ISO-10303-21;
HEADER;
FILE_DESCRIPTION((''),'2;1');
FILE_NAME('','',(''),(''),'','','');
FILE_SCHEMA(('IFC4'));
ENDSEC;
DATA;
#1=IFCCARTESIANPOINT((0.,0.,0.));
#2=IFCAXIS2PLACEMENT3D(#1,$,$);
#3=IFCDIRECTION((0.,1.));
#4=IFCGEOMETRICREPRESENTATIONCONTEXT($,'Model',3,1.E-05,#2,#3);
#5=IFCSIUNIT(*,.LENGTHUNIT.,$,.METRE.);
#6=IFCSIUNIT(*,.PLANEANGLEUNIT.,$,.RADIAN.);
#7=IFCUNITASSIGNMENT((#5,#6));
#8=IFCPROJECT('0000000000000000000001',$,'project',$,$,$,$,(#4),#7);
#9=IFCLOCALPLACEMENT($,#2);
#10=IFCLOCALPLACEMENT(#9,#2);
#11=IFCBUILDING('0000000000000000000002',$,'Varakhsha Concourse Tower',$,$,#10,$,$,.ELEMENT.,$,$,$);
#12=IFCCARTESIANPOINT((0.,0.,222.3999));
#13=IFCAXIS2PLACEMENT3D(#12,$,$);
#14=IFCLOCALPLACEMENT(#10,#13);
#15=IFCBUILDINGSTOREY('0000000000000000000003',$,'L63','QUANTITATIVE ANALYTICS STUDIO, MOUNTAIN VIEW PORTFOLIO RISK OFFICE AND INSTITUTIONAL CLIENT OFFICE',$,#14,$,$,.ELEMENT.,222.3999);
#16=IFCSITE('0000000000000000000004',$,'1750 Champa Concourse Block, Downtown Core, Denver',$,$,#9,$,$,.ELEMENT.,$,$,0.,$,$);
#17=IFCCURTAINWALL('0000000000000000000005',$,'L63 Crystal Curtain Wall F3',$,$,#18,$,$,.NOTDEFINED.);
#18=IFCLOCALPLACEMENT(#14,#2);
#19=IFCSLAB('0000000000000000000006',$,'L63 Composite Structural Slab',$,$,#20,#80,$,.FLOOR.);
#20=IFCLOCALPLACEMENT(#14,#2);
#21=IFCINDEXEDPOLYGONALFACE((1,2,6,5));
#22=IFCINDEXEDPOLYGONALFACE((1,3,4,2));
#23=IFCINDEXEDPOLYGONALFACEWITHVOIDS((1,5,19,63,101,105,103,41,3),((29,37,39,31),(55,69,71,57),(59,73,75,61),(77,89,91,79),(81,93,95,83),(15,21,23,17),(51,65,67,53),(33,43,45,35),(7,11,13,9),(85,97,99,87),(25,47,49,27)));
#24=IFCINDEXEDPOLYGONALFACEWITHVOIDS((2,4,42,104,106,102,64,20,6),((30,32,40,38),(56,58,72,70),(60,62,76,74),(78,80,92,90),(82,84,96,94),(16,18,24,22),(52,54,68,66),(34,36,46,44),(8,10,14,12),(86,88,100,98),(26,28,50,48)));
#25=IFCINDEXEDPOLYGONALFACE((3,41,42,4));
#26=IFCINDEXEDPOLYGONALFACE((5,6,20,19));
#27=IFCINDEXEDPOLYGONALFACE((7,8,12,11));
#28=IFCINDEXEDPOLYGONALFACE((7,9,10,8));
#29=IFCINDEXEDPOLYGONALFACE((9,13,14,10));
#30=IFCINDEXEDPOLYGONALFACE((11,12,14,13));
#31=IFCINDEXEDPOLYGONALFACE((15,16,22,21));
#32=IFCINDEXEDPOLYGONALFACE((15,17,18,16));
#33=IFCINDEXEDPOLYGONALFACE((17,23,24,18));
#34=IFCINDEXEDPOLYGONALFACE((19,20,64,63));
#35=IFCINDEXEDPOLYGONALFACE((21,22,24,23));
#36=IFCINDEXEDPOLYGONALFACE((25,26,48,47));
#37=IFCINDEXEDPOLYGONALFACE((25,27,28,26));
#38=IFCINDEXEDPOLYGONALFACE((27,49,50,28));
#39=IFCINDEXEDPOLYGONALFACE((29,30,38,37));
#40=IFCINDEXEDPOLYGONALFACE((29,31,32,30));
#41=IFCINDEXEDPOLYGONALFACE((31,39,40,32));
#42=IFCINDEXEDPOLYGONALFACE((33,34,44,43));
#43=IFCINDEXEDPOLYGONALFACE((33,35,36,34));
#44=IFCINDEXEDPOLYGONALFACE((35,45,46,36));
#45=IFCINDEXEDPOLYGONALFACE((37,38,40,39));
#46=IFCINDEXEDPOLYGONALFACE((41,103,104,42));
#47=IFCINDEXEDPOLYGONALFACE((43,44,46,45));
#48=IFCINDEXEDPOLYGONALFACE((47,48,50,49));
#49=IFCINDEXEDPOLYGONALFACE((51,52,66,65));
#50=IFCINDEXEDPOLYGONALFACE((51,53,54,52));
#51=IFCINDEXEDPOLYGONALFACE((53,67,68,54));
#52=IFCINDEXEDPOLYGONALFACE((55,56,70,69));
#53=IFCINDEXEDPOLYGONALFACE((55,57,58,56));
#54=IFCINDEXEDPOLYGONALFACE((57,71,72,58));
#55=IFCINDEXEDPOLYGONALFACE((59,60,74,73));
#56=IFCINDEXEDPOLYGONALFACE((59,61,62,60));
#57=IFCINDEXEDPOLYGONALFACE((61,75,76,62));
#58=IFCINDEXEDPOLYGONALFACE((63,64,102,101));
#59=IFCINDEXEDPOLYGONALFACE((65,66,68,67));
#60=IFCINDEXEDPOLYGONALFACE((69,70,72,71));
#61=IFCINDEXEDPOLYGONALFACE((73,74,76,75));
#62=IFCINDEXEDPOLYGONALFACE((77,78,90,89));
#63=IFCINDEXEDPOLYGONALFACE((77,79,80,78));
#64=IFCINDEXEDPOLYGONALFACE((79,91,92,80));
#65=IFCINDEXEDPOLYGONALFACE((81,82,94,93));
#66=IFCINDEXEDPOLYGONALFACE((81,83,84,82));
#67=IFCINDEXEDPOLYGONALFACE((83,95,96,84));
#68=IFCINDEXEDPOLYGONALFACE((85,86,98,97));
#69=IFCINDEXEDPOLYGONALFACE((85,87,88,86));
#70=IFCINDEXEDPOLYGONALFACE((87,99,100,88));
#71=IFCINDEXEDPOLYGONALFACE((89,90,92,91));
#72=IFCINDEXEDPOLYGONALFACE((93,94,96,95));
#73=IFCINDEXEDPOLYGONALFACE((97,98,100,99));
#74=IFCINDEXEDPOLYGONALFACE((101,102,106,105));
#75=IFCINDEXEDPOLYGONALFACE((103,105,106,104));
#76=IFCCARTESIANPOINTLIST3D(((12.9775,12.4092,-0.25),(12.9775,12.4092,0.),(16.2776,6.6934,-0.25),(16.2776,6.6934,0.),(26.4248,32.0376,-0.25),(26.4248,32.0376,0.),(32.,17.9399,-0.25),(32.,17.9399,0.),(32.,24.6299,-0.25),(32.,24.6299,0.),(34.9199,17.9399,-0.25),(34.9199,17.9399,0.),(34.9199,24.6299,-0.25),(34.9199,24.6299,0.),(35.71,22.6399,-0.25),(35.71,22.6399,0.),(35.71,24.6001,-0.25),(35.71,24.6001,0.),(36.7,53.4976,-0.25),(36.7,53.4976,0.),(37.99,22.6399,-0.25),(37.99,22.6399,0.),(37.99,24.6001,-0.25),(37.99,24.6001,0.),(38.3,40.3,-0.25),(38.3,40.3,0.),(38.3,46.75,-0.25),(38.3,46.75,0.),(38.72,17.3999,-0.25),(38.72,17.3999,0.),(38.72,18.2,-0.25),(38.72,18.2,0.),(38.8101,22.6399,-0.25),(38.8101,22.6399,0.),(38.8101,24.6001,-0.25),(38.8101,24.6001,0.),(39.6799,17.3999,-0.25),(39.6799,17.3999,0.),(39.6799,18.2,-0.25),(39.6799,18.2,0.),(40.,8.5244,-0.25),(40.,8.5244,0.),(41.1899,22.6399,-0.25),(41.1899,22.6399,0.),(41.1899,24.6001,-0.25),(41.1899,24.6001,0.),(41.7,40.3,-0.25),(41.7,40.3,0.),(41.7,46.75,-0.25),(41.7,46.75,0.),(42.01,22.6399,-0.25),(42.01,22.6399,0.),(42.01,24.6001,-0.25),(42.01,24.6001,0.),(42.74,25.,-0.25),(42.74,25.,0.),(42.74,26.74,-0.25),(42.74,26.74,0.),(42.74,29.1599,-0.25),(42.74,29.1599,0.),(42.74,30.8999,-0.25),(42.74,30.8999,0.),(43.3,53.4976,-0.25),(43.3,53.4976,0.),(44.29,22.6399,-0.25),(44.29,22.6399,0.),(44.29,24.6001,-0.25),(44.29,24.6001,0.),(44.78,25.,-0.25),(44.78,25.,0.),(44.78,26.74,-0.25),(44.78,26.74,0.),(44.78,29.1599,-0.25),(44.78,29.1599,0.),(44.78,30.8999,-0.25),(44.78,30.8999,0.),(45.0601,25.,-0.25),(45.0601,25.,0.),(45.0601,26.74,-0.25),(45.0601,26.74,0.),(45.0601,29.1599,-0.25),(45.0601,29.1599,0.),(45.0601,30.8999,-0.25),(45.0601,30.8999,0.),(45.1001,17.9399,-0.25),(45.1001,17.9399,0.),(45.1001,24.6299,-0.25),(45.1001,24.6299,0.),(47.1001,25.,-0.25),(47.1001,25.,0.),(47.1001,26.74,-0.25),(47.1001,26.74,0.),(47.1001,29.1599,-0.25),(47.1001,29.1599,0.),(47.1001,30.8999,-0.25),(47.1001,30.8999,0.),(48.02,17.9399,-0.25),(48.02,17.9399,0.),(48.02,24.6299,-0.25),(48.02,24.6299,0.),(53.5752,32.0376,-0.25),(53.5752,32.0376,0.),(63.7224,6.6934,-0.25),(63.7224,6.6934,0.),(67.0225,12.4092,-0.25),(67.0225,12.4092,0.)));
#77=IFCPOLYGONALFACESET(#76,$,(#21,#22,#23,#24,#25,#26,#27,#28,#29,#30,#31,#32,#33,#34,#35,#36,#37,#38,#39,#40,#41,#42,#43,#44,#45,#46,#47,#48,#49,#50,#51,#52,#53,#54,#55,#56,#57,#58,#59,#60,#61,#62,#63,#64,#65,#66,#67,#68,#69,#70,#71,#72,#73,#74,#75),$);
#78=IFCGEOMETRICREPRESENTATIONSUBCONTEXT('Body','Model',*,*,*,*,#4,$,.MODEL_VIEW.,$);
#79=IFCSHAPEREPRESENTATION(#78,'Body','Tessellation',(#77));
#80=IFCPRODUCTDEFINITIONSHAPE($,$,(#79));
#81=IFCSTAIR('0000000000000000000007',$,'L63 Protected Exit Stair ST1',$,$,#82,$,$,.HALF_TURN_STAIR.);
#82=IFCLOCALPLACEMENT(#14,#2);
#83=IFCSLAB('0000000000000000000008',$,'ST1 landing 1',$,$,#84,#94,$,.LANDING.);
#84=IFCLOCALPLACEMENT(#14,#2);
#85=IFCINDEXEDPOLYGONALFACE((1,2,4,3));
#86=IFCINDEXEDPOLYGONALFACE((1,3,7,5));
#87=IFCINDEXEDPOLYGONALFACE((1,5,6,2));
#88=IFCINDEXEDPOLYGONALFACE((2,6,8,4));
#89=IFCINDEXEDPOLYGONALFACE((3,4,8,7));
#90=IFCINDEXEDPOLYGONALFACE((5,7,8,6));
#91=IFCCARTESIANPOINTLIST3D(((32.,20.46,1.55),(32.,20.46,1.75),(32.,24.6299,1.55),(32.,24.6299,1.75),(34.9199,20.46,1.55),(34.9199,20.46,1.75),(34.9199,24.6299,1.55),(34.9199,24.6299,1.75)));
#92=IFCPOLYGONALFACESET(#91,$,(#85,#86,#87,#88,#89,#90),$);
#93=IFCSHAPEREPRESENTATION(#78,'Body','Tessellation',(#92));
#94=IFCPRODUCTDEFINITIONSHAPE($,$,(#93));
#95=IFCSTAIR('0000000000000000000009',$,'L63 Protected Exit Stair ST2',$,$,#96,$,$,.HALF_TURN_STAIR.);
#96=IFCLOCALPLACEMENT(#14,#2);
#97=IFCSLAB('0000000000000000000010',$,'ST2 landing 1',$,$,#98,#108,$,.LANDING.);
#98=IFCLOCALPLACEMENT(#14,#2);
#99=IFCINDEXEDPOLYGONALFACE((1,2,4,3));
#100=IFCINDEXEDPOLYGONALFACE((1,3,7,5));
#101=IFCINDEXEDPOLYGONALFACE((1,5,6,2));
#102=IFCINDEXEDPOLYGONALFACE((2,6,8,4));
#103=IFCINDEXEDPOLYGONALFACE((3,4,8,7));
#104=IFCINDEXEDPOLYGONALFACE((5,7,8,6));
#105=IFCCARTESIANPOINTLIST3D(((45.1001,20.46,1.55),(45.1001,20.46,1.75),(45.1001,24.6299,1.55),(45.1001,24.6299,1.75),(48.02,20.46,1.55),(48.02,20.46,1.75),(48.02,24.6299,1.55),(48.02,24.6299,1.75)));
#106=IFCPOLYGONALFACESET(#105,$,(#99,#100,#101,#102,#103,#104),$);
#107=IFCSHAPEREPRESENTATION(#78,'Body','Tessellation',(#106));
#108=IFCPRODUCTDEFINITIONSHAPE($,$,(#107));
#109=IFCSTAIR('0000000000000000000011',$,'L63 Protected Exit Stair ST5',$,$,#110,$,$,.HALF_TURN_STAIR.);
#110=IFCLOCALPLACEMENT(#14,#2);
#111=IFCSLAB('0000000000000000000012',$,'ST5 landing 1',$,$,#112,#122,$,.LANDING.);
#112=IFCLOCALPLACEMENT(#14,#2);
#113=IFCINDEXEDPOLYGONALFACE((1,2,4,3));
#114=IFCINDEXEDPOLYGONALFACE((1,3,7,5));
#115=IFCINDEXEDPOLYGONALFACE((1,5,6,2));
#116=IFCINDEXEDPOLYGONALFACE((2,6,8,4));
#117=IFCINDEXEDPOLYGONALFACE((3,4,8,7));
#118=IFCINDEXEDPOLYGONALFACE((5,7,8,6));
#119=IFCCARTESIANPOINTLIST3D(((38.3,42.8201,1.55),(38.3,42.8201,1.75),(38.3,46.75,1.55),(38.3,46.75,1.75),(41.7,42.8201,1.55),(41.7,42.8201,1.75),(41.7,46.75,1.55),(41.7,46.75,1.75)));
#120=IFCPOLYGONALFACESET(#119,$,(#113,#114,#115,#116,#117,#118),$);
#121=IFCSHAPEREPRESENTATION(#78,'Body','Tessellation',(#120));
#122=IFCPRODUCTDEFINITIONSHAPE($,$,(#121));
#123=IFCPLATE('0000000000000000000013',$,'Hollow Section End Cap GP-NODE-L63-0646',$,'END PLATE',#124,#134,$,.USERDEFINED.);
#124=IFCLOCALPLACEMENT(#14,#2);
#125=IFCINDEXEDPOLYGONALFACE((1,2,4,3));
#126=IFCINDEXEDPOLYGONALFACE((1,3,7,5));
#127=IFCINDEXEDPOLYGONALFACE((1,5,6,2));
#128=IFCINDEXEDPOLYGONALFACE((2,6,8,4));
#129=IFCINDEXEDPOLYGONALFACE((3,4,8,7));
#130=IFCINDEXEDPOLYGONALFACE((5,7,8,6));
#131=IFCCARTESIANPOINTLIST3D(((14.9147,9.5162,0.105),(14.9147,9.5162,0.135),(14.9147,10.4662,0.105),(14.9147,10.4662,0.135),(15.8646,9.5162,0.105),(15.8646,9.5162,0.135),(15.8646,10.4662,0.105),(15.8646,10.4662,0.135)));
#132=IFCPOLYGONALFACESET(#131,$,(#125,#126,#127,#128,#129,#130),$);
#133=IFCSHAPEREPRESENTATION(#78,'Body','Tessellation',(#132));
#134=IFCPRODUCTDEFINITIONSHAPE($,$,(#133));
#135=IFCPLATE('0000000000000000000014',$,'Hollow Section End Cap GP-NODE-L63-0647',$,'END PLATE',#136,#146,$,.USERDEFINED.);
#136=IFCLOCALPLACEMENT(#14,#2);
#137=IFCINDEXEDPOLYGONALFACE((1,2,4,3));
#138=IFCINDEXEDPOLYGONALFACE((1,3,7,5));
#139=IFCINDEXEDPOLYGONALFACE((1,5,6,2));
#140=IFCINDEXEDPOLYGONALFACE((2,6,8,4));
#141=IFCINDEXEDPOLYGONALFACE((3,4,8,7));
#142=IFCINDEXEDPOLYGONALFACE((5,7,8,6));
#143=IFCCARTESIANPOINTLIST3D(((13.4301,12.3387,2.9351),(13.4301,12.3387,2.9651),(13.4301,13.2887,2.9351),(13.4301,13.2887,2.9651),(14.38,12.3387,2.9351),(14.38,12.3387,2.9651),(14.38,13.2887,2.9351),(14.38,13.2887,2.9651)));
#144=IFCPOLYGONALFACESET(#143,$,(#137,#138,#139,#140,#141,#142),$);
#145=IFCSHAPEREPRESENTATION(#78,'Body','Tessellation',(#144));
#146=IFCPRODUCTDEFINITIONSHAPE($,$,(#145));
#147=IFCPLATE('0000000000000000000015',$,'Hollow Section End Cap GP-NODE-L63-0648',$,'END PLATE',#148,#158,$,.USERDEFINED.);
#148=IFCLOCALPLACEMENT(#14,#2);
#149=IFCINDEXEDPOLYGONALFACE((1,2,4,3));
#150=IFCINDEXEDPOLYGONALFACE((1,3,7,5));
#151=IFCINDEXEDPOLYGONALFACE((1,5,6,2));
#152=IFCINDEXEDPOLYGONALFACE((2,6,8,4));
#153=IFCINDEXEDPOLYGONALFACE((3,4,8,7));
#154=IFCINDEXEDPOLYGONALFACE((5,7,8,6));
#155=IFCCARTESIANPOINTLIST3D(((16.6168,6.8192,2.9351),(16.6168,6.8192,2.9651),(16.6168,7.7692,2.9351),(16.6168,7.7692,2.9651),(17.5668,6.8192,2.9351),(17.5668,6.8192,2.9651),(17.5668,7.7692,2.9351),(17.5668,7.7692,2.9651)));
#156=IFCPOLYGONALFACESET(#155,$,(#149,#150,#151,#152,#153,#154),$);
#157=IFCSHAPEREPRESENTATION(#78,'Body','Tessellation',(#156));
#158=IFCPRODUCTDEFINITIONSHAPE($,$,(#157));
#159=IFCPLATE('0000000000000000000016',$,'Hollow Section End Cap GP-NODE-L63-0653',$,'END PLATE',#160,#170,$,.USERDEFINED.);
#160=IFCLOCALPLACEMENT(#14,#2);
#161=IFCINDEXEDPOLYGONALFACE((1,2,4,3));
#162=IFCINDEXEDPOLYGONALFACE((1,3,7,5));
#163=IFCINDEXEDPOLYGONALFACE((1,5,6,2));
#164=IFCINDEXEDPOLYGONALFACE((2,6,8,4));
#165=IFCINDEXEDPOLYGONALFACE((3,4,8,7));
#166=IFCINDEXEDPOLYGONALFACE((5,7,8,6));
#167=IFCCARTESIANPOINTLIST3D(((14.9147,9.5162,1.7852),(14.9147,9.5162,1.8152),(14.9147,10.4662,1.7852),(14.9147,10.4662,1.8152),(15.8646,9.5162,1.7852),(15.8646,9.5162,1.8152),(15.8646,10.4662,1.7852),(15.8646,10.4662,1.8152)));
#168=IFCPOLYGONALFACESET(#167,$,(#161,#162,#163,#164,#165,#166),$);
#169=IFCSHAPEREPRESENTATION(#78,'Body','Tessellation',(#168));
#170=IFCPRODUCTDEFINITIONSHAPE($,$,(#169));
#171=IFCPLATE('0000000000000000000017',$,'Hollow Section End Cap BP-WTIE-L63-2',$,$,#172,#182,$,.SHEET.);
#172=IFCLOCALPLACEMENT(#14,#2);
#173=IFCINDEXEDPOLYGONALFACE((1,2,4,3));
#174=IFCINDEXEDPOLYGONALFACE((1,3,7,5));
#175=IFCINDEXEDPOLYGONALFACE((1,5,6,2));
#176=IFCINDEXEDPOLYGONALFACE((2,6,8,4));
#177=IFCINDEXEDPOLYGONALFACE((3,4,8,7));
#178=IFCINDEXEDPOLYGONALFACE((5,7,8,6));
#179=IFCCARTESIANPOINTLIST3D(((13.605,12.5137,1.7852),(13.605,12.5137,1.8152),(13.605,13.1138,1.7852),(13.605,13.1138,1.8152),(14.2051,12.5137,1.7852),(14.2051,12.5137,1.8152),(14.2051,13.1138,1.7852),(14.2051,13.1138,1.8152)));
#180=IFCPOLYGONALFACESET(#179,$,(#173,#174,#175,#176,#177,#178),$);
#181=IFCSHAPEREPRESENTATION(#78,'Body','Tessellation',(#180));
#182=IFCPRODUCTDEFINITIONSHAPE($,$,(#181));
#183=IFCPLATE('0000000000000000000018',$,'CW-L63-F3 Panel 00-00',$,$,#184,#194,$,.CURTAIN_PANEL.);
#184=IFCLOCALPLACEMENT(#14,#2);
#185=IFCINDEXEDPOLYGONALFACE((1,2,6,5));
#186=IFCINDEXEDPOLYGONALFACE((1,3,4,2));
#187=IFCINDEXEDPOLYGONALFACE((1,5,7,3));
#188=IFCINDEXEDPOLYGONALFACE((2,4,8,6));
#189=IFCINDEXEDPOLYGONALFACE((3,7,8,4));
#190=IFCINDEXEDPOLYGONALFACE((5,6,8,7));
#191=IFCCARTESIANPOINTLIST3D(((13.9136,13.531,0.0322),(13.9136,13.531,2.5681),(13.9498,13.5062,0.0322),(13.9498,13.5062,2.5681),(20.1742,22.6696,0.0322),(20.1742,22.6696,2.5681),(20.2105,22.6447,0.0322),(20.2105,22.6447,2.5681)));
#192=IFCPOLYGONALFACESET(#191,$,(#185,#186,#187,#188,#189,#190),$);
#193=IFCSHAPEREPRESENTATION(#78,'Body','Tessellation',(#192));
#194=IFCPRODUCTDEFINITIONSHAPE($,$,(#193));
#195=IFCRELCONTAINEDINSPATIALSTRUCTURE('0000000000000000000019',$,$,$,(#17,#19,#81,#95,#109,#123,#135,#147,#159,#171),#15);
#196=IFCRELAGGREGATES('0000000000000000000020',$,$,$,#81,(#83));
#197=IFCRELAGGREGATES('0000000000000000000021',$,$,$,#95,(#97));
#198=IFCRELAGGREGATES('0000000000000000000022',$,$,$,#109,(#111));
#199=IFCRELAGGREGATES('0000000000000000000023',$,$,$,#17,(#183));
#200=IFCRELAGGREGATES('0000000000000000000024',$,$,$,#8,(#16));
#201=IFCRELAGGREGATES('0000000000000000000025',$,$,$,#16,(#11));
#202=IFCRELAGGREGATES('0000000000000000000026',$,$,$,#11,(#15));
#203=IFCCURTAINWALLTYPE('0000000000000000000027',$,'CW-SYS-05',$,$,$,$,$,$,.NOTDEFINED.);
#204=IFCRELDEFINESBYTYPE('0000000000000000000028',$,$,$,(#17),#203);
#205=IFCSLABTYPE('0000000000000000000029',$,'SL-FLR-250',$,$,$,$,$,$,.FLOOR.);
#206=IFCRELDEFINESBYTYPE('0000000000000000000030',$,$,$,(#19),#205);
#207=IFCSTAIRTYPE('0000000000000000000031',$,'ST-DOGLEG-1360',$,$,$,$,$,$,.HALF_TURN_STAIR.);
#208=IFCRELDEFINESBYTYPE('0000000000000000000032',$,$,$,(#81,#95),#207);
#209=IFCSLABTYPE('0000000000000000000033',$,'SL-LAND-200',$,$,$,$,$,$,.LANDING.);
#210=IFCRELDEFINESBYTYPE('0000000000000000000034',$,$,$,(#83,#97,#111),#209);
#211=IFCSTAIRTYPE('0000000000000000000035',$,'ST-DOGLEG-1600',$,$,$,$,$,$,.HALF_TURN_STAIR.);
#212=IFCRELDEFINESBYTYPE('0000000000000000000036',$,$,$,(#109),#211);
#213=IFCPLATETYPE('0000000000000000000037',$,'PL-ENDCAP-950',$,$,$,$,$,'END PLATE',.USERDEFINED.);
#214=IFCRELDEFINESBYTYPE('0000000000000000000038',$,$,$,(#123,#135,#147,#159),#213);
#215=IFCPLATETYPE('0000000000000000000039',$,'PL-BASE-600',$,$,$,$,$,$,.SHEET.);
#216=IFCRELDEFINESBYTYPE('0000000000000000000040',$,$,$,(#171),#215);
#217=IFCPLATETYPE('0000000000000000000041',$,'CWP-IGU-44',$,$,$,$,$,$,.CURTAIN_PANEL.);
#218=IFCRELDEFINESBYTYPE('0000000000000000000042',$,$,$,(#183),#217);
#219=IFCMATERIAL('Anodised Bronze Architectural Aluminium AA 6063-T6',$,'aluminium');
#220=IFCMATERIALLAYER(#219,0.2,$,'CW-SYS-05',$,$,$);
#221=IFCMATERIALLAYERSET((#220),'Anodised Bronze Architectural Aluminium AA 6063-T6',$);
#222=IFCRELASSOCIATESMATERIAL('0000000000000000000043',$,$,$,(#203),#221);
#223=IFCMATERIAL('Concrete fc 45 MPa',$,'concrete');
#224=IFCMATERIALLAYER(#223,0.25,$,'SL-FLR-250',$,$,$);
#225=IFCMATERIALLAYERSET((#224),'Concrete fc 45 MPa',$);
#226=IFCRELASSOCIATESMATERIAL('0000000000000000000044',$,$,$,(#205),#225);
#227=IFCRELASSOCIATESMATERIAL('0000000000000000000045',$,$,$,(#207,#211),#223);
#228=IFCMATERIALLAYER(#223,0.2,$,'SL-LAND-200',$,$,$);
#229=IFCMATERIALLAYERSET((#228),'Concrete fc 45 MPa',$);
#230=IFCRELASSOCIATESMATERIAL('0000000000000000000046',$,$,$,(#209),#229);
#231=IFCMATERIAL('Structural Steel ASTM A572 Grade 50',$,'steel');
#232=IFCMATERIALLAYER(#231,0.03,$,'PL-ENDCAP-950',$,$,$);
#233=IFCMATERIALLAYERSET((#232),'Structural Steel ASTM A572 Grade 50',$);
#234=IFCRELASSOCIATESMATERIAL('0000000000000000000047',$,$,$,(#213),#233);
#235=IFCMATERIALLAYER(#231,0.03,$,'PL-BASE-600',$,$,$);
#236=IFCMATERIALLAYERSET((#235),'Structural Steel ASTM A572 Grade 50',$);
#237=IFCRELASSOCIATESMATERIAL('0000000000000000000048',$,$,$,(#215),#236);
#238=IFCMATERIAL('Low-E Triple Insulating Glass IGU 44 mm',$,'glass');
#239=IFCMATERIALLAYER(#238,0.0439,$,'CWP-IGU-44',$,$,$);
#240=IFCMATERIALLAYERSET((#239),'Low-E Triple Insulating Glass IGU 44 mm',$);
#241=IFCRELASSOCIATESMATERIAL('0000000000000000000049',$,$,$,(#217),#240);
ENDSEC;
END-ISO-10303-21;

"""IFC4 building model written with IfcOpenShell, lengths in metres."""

from ifc_helpers import new_model, si_unit, direction, frame, origin, origin_2d, place, context, subcontext, project, spatial, polyline, rectangle, outline, extrude, source, transform, mapped, material, layer, layer_set, type_object, type_shapes, element, aggregate, save


model = new_model("IFC4")

# Units and contexts
model_context = context("Model", 3, precision=1e-05, world=origin(), true_north=direction((0.0, 1.0)))
body_context = subcontext(model_context, "Body", "Model", "MODEL_VIEW")
ifc_project = project(units=[si_unit("LENGTHUNIT", "METRE"), si_unit("PLANEANGLEUNIT", "RADIAN")], contexts=[model_context])

# Site, building, storey
site_placement = place(None, origin())
site = spatial("IfcSite", under=ifc_project, at=site_placement, Name="1750 Champa Concourse Block, Downtown Core, Denver", CompositionType="ELEMENT", RefElevation=0.0)
building_placement = place(site_placement, origin())
building = spatial("IfcBuilding", under=site, at=building_placement, Name="Varakhsha Concourse Tower", CompositionType="ELEMENT")
storey_placement = place(building_placement, frame((0.0, 0.0, 222.3999)))
storey = spatial("IfcBuildingStorey", under=building, at=storey_placement, Name="L63", Description="QUANTITATIVE ANALYTICS STUDIO, MOUNTAIN VIEW PORTFOLIO RISK OFFICE AND INSTITUTIONAL CLIENT OFFICE", CompositionType="ELEMENT", Elevation=222.3999)

# Shared definitions
ifc_material_1 = material(Name="Structural Steel ASTM A572 Grade 50", Category="steel")

# Curtain wall
ifc_material_2 = material(Name="Anodised Bronze Architectural Aluminium AA 6063-T6", Category="aluminium")
ifc_layer_1 = layer(ifc_material_2, 0.2, Name="CW-SYS-05")
ifc_layer_set_1 = layer_set([ifc_layer_1], Name="Anodised Bronze Architectural Aluminium AA 6063-T6")
curtain_wall_type = type_object("IfcCurtainWallType", Name="CW-SYS-05", PredefinedType="NOTDEFINED", material=ifc_layer_set_1)
curtain_wall_1_placement = place(storey_placement, origin())
curtain_wall_1 = element("IfcCurtainWall", 1, at=curtain_wall_1_placement, inside=storey, type_object=curtain_wall_type, Name="L63 Crystal Curtain Wall F3", PredefinedType="NOTDEFINED")

# Slab
ifc_material_3 = material(Name="Concrete fc 45 MPa", Category="concrete")
ifc_layer_2 = layer(ifc_material_3, 0.25, Name="SL-FLR-250")
ifc_layer_set_2 = layer_set([ifc_layer_2], Name="Concrete fc 45 MPa")
slab_type_1 = type_object("IfcSlabType", Name="SL-FLR-250", PredefinedType="FLOOR", material=ifc_layer_set_2)
slab_1_placement = place(storey_placement, frame((0.0, 0.0, -0.25)))
element("IfcSlab", 2, at=slab_1_placement, inside=storey, type_object=slab_type_1, Name="L63 Composite Structural Slab", PredefinedType="FLOOR", context=body_context, shape_type="SweptSolid", body=[
    extrude(outline(polyline([(43.3, 53.4976), (36.7, 53.4976), (26.4248, 32.0376), (12.9775, 12.4092), (16.2776, 6.6934), (40.0, 8.5244), (63.7224, 6.6934), (67.0225, 12.4092), (53.5752, 32.0376), (43.3, 53.4976)]), holes=[polyline([(34.9199, 17.9399), (34.9199, 24.6299), (32.0, 24.6299), (32.0, 17.9399), (34.9199, 17.9399)]), polyline([(48.02, 17.9399), (48.02, 24.6299), (45.1001, 24.6299), (45.1001, 17.9399), (48.02, 17.9399)]), polyline([(41.7, 40.3), (41.7, 46.75), (38.3, 46.75), (38.3, 40.3), (41.7, 40.3)]), polyline([(42.74, 29.1599), (44.78, 29.1599), (44.78, 30.8999), (42.74, 30.8999), (42.74, 29.1599)]), polyline([(45.0601, 29.1599), (47.1001, 29.1599), (47.1001, 30.8999), (45.0601, 30.8999), (45.0601, 29.1599)]), polyline([(42.74, 25.0), (44.78, 25.0), (44.78, 26.74), (42.74, 26.74), (42.74, 25.0)]), polyline([(45.0601, 25.0), (47.1001, 25.0), (47.1001, 26.74), (45.0601, 26.74), (45.0601, 25.0)]), polyline([(35.71, 22.6399), (37.99, 22.6399), (37.99, 24.6001), (35.71, 24.6001), (35.71, 22.6399)]), polyline([(42.01, 22.6399), (44.29, 22.6399), (44.29, 24.6001), (42.01, 24.6001), (42.01, 22.6399)]), polyline([(38.8101, 22.6399), (41.1899, 22.6399), (41.1899, 24.6001), (38.8101, 24.6001), (38.8101, 22.6399)]), polyline([(38.72, 17.3999), (39.6799, 17.3999), (39.6799, 18.2), (38.72, 18.2), (38.72, 17.3999)])]), origin(), (0.0, 0.0, 1.0), 0.25),
])

# Stairs, slabs
stair_type_1 = type_object("IfcStairType", Name="ST-DOGLEG-1360", PredefinedType="HALF_TURN_STAIR", material=ifc_material_3)
stair_1_placement = place(storey_placement, origin())
stair_1 = element("IfcStair", 3, at=stair_1_placement, inside=storey, type_object=stair_type_1, Name="L63 Protected Exit Stair ST1", PredefinedType="HALF_TURN_STAIR")
ifc_layer_3 = layer(ifc_material_3, 0.2, Name="SL-LAND-200")
ifc_layer_set_3 = layer_set([ifc_layer_3], Name="Concrete fc 45 MPa")
slab_type_2 = type_object("IfcSlabType", Name="SL-LAND-200", PredefinedType="LANDING", material=ifc_layer_set_3)
slab_2_placement = place(storey_placement, frame((0.0, 0.0, 1.55)))
slab_2 = element("IfcSlab", 4, at=slab_2_placement, type_object=slab_type_2, Name="ST1 landing 1", PredefinedType="LANDING", context=body_context, shape_type="SweptSolid", body=[
    extrude(outline(polyline([(34.9199, 20.46), (34.9199, 24.6299), (32.0, 24.6299), (32.0, 20.46), (34.9199, 20.46)])), origin(), (0.0, 0.0, 1.0), 0.2),
])
aggregate(stair_1, [slab_2])
stair_2_placement = place(storey_placement, origin())
stair_2 = element("IfcStair", 5, at=stair_2_placement, inside=storey, type_object=stair_type_1, Name="L63 Protected Exit Stair ST2", PredefinedType="HALF_TURN_STAIR")
slab_3_placement = place(storey_placement, frame((0.0, 0.0, 1.55)))
slab_3 = element("IfcSlab", 6, at=slab_3_placement, type_object=slab_type_2, Name="ST2 landing 1", PredefinedType="LANDING", context=body_context, shape_type="SweptSolid", body=[
    extrude(outline(polyline([(48.02, 20.46), (48.02, 24.6299), (45.1001, 24.6299), (45.1001, 20.46), (48.02, 20.46)])), origin(), (0.0, 0.0, 1.0), 0.2),
])
aggregate(stair_2, [slab_3])
stair_type_2 = type_object("IfcStairType", Name="ST-DOGLEG-1600", PredefinedType="HALF_TURN_STAIR", material=ifc_material_3)
stair_3_placement = place(storey_placement, origin())
stair_3 = element("IfcStair", 7, at=stair_3_placement, inside=storey, type_object=stair_type_2, Name="L63 Protected Exit Stair ST5", PredefinedType="HALF_TURN_STAIR")
slab_4_placement = place(storey_placement, frame((0.0, 0.0, 1.55)))
slab_4 = element("IfcSlab", 8, at=slab_4_placement, type_object=slab_type_2, Name="ST5 landing 1", PredefinedType="LANDING", context=body_context, shape_type="SweptSolid", body=[
    extrude(outline(polyline([(41.7, 42.8201), (41.7, 46.75), (38.3, 46.75), (38.3, 42.8201), (41.7, 42.8201)])), origin(), (0.0, 0.0, 1.0), 0.2),
])
aggregate(stair_3, [slab_4])

# Plates
ifc_layer_4 = layer(ifc_material_1, 0.03, Name="PL-ENDCAP-950")
ifc_layer_set_4 = layer_set([ifc_layer_4], Name="Structural Steel ASTM A572 Grade 50")
plate_type_1 = type_object("IfcPlateType", Name="PL-ENDCAP-950", ElementType="END PLATE", PredefinedType="USERDEFINED", material=ifc_layer_set_4)
shared_shape_1 = source(origin(), body_context, "Body", "SweptSolid", [
    extrude(rectangle(XDim=0.95, YDim=0.95, at=origin_2d()), origin(), (0.0, 0.0, 1.0), 0.03),
])
type_shapes(plate_type_1, [shared_shape_1])
for number, where, z_axis, x_axis, name in (
    (9, (15.3896, 9.9912, 0.105), (0.0, 0.0, 1.0), (1.0, 0.0, 0.0), "Hollow Section End Cap GP-NODE-L63-0646"),
    (10, (13.905, 12.8137, 2.9351), (0.0, 0.0, 1.0), (1.0, 0.0, 0.0), "Hollow Section End Cap GP-NODE-L63-0647"),
    (11, (17.0918, 7.2942, 2.9351), (0.0, 0.0, 1.0), (1.0, 0.0, 0.0), "Hollow Section End Cap GP-NODE-L63-0648"),
    (12, (15.3896, 9.9912, 1.7852), (0.0, 0.0, 1.0), (1.0, 0.0, 0.0), "Hollow Section End Cap GP-NODE-L63-0653"),
):
    element("IfcPlate", number, at=place(storey_placement, frame(where, z_axis=z_axis, x_axis=x_axis)), inside=storey, type_object=plate_type_1, Name=name, ObjectType="END PLATE", PredefinedType="USERDEFINED", context=body_context, shape_type="MappedRepresentation", body=[
        mapped(shared_shape_1, transform((0.0, 0.0, 0.0), scale=1.0)),
    ])
ifc_layer_5 = layer(ifc_material_1, 0.03, Name="PL-BASE-600")
ifc_layer_set_5 = layer_set([ifc_layer_5], Name="Structural Steel ASTM A572 Grade 50")
plate_type_2 = type_object("IfcPlateType", Name="PL-BASE-600", PredefinedType="SHEET", material=ifc_layer_set_5)
shared_shape_2 = source(origin(), body_context, "Body", "SweptSolid", [
    extrude(rectangle(XDim=0.6001, YDim=0.6001, at=origin_2d()), origin(), (0.0, 0.0, 1.0), 0.03),
])
type_shapes(plate_type_2, [shared_shape_2])
plate_1_placement = place(storey_placement, frame((13.905, 12.8137, 1.7852), z_axis=(0.0, 0.0, 1.0), x_axis=(1.0, 0.0, 0.0)))
element("IfcPlate", 13, at=plate_1_placement, inside=storey, type_object=plate_type_2, Name="Hollow Section End Cap BP-WTIE-L63-2", PredefinedType="SHEET", context=body_context, shape_type="MappedRepresentation", body=[
    mapped(shared_shape_2, transform((0.0, 0.0, 0.0), scale=1.0)),
])

# Plate
ifc_material_4 = material(Name="Low-E Triple Insulating Glass IGU 44 mm", Category="glass")
ifc_layer_6 = layer(ifc_material_4, 0.0439, Name="CWP-IGU-44")
ifc_layer_set_6 = layer_set([ifc_layer_6], Name="Low-E Triple Insulating Glass IGU 44 mm")
plate_type_3 = type_object("IfcPlateType", Name="CWP-IGU-44", PredefinedType="CURTAIN_PANEL", material=ifc_layer_set_6)
shared_shape_3 = source(origin(), body_context, "Body", "SweptSolid", [
    extrude(rectangle(XDim=11.0774, YDim=0.0439, at=origin_2d()), origin(), (0.0, 0.0, 1.0), 2.5359),
])
type_shapes(plate_type_3, [shared_shape_3])
plate_2_placement = place(storey_placement, frame((17.062, 18.0879, 0.0322), z_axis=(0.0, 0.0, 1.0), x_axis=(0.565173, 0.824972, 0.0)))
plate_2 = element("IfcPlate", 14, at=plate_2_placement, type_object=plate_type_3, Name="CW-L63-F3 Panel 00-00", PredefinedType="CURTAIN_PANEL", context=body_context, shape_type="MappedRepresentation", body=[
    mapped(shared_shape_3, transform((0.0, 0.0, 0.0), scale=1.0)),
])
aggregate(curtain_wall_1, [plate_2])

save(model, "model.ifc")
